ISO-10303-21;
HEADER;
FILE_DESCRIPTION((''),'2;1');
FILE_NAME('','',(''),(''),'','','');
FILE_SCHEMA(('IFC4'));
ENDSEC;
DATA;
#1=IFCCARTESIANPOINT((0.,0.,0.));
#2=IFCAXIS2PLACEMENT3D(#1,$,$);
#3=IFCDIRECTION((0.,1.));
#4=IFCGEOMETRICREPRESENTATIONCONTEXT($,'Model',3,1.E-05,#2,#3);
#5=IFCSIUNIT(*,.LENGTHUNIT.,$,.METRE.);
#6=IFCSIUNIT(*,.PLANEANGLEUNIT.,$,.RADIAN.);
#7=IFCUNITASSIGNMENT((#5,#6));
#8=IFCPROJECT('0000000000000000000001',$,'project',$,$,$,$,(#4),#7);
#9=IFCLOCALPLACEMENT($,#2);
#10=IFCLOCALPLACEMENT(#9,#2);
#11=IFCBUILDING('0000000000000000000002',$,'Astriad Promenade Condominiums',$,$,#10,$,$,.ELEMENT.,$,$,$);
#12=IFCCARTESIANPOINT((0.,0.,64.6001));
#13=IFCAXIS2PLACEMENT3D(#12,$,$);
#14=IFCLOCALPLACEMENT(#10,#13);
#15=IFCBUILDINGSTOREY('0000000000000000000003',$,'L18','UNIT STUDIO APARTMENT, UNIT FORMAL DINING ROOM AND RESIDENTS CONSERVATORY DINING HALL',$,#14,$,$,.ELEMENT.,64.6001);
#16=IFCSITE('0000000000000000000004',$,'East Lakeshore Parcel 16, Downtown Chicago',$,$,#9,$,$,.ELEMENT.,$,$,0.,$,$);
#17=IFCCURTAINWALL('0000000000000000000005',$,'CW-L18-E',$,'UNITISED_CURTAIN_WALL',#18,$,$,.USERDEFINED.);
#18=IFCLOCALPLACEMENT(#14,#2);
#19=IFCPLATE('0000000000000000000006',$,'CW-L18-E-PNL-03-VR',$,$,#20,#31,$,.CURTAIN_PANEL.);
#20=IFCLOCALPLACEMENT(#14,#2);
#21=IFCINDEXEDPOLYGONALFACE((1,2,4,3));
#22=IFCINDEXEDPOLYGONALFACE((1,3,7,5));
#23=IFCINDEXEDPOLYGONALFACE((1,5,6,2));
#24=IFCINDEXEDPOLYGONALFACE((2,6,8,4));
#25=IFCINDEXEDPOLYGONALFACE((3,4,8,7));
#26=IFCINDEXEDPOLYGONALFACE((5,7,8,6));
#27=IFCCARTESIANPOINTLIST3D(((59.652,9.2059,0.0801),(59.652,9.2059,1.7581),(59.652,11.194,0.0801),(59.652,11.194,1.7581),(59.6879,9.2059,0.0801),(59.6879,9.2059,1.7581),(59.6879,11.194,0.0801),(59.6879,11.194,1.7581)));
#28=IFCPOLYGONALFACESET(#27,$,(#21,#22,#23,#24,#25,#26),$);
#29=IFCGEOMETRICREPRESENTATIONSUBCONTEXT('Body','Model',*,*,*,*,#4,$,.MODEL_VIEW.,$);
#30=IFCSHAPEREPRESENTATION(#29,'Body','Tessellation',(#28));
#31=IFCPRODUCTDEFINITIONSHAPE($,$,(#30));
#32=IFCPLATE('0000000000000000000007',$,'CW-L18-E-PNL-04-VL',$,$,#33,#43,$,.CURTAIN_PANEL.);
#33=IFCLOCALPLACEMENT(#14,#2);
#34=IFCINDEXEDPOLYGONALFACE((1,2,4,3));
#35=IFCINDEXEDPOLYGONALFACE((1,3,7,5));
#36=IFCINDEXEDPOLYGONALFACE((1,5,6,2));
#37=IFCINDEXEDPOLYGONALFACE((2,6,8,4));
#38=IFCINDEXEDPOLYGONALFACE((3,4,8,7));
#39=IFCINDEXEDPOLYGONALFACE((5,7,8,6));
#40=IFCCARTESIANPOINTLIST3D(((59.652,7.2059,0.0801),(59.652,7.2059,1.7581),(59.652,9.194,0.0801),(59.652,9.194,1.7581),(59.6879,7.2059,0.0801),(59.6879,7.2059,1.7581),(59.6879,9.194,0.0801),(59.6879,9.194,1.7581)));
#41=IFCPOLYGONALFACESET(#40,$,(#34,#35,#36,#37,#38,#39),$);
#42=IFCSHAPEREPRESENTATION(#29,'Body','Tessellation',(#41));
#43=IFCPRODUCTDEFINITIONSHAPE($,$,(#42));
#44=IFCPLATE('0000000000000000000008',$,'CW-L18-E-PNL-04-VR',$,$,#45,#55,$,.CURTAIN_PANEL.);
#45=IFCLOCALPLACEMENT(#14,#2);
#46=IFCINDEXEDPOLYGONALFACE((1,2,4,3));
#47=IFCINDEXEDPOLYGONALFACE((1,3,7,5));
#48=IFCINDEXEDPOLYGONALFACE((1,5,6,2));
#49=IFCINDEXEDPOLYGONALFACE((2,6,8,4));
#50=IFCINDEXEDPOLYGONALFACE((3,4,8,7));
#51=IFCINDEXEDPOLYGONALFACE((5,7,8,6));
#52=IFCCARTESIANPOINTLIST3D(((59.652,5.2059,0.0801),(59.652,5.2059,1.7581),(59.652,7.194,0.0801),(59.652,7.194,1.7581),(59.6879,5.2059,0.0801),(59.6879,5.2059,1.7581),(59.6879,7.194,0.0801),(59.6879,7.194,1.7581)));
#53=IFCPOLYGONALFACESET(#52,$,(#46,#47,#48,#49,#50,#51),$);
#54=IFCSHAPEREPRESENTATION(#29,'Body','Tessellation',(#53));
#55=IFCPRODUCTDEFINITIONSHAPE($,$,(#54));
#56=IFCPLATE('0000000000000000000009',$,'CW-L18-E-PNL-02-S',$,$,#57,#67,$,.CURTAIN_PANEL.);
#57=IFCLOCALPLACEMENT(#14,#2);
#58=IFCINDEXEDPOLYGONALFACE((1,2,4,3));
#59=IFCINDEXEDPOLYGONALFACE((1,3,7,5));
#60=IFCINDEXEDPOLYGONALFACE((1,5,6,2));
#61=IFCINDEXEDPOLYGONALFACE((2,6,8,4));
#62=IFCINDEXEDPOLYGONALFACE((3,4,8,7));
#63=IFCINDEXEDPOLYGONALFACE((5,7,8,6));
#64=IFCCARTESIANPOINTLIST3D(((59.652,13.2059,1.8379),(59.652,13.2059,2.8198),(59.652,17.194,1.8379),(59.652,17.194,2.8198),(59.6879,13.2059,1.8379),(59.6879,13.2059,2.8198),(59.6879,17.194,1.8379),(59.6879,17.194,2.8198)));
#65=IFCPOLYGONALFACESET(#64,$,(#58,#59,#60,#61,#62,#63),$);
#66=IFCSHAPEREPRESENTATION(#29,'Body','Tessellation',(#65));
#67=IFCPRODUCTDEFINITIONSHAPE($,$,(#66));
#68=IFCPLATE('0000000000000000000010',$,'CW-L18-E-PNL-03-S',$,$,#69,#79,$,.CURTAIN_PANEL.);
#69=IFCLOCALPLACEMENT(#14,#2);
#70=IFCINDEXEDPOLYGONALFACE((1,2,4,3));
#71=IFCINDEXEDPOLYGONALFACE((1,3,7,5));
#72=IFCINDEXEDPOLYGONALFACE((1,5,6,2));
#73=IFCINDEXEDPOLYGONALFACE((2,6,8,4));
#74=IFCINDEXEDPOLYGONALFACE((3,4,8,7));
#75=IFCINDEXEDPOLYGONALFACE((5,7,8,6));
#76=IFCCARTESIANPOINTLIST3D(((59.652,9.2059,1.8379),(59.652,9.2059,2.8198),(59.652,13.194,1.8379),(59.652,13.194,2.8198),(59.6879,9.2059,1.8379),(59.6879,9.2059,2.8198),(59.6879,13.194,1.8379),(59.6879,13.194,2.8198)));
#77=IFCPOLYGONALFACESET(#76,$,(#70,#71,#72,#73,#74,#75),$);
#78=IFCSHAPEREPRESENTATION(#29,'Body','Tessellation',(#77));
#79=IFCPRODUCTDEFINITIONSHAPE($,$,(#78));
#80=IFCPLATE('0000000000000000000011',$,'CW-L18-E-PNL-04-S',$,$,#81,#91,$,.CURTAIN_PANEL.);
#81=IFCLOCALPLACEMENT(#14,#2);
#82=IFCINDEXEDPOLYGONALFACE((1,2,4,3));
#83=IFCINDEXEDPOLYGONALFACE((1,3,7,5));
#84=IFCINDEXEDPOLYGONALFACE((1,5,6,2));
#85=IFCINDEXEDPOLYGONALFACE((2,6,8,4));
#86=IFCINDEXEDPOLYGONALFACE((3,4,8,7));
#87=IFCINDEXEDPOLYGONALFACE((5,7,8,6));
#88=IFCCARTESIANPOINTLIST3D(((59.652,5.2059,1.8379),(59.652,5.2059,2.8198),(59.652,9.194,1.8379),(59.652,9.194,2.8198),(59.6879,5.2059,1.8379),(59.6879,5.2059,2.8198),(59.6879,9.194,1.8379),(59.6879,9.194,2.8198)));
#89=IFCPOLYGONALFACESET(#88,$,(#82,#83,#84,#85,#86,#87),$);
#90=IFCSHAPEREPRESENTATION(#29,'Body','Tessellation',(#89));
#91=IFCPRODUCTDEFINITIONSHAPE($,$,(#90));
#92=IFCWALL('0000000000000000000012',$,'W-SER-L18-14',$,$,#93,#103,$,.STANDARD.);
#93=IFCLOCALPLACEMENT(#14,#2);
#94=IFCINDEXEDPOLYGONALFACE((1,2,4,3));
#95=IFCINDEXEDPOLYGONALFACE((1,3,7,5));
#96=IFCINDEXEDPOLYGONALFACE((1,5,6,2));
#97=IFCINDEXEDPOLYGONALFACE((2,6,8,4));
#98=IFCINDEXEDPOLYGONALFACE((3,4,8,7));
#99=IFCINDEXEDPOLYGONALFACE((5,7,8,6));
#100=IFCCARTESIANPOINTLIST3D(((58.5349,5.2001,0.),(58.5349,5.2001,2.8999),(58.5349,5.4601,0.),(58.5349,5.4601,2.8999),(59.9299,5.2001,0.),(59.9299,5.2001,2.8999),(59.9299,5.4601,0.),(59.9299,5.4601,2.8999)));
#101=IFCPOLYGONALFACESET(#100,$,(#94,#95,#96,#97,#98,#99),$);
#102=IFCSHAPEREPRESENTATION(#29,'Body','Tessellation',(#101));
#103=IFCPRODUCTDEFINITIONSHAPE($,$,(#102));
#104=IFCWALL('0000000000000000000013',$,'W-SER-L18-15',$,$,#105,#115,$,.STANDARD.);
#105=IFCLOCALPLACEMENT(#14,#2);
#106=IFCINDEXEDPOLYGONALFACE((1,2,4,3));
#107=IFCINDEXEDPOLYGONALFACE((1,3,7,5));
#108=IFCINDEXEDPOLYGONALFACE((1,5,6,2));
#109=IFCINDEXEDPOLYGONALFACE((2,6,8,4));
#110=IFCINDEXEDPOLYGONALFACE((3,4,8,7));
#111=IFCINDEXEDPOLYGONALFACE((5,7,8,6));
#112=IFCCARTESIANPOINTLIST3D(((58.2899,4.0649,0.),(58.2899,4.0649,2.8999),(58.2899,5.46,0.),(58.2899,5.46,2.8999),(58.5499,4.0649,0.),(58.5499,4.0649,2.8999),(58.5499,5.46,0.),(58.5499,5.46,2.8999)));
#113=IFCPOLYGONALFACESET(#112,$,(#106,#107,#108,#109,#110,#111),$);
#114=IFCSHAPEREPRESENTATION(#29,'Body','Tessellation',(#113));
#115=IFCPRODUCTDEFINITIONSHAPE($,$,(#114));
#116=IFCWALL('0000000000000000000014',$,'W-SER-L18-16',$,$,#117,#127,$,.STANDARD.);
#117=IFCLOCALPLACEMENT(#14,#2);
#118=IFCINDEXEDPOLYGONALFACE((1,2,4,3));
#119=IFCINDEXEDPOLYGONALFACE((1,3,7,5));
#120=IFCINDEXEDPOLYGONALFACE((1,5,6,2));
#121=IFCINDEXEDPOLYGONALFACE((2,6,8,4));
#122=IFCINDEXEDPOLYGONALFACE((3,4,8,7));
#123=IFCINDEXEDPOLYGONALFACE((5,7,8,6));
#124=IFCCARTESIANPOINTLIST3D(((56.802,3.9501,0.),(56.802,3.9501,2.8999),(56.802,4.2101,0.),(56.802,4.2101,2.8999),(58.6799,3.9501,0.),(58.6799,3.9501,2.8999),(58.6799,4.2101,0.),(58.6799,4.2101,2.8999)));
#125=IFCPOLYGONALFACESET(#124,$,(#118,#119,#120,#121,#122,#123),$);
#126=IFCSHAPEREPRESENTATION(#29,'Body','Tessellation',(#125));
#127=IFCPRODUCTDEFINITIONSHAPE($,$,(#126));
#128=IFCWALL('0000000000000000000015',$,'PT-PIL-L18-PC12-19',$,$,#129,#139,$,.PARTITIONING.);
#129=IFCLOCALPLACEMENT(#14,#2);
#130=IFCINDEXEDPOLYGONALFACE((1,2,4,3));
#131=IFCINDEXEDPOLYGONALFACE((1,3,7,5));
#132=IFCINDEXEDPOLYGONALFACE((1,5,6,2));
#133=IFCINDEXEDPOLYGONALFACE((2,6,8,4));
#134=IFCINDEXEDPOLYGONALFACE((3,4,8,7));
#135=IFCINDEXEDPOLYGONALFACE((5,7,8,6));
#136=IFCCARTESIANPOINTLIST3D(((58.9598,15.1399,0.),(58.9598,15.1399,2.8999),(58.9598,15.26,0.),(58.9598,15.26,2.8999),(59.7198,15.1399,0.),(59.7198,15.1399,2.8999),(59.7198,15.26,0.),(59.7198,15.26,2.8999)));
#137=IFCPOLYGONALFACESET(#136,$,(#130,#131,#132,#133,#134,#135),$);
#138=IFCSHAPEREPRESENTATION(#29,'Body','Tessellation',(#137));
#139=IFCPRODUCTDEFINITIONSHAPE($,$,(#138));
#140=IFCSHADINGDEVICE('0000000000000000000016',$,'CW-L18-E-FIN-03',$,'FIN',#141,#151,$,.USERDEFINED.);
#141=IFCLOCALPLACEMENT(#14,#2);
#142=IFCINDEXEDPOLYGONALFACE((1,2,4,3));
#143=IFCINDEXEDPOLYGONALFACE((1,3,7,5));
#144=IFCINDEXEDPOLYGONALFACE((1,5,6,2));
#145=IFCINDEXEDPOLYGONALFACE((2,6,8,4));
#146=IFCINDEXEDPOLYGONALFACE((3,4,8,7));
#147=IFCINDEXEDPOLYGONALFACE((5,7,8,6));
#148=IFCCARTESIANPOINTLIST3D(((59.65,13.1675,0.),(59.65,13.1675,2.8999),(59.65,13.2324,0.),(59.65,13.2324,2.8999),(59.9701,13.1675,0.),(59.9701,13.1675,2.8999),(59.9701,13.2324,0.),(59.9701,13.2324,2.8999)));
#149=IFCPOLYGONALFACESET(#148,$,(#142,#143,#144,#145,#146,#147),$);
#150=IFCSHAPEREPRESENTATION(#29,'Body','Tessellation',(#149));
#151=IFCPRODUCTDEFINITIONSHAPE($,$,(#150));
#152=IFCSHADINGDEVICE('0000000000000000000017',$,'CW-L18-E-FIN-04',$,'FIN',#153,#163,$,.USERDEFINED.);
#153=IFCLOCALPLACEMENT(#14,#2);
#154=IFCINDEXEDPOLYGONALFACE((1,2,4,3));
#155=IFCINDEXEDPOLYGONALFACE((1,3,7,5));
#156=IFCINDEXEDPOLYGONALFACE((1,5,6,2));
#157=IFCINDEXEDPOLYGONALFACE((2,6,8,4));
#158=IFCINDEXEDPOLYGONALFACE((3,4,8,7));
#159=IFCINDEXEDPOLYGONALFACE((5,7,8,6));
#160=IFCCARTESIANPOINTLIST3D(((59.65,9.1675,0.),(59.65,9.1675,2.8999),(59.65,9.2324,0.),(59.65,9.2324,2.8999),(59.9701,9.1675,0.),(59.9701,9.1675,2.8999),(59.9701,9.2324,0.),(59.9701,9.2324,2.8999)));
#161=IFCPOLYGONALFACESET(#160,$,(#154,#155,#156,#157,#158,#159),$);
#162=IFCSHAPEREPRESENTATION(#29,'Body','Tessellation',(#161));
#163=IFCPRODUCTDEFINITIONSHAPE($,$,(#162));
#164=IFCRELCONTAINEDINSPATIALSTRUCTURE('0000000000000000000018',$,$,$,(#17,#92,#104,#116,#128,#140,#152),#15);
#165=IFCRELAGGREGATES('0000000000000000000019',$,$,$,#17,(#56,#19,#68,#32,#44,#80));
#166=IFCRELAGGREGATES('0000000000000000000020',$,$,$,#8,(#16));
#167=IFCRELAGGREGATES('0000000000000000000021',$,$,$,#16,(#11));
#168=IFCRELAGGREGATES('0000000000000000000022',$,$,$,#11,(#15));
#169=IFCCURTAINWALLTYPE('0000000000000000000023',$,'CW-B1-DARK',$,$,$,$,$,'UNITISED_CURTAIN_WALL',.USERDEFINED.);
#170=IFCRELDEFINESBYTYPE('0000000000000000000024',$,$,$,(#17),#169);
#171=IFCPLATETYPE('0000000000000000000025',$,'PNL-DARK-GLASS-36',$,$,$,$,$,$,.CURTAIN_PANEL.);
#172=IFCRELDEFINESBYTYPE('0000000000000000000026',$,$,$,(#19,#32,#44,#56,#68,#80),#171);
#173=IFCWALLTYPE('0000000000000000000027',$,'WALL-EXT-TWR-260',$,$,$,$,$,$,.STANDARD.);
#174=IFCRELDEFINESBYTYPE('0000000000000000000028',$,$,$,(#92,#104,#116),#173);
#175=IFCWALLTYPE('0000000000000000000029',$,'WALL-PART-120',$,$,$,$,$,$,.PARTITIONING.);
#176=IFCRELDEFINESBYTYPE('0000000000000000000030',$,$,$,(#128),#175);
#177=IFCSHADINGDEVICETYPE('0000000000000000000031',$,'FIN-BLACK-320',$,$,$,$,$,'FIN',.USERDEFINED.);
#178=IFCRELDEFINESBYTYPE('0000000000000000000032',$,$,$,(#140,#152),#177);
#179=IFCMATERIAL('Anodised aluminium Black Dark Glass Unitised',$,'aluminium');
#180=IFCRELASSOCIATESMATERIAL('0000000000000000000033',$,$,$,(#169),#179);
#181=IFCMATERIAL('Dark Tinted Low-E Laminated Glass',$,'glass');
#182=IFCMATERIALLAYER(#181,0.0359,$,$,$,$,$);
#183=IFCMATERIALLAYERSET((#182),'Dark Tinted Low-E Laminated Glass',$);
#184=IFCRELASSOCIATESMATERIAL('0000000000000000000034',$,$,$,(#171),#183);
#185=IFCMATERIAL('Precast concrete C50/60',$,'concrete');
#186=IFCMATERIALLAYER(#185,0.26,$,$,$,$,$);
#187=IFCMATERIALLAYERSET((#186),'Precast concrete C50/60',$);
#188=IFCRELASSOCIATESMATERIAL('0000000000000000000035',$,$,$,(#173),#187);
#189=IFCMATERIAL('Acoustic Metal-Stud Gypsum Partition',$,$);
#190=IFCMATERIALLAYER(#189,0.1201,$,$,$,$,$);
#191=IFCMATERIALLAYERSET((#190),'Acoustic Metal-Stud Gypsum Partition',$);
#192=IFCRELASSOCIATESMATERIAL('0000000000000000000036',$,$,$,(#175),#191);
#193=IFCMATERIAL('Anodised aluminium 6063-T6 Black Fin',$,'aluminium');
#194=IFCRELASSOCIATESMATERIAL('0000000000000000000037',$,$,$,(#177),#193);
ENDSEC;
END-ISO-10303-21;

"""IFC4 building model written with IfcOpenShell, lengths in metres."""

from ifc_helpers import new_model, si_unit, direction, frame, frame_2d, origin, origin_2d, place, context, subcontext, project, spatial, rectangle, extrude, source, transform, mapped, material, layer, layer_set, type_object, type_shapes, element, aggregate, save


model = new_model("IFC4")

# Units and contexts
model_context = context("Model", 3, precision=1e-05, world=origin(), true_north=direction((0.0, 1.0)))
body_context = subcontext(model_context, "Body", "Model", "MODEL_VIEW")
ifc_project = project(units=[si_unit("LENGTHUNIT", "METRE"), si_unit("PLANEANGLEUNIT", "RADIAN")], contexts=[model_context])

# Site, building, storey
site_placement = place(None, origin())
site = spatial("IfcSite", under=ifc_project, at=site_placement, Name="East Lakeshore Parcel 16, Downtown Chicago", CompositionType="ELEMENT", RefElevation=0.0)
building_placement = place(site_placement, origin())
building = spatial("IfcBuilding", under=site, at=building_placement, Name="Astriad Promenade Condominiums", CompositionType="ELEMENT")
storey_placement = place(building_placement, frame((0.0, 0.0, 64.6001)))
storey = spatial("IfcBuildingStorey", under=building, at=storey_placement, Name="L18", Description="UNIT STUDIO APARTMENT, UNIT FORMAL DINING ROOM AND RESIDENTS CONSERVATORY DINING HALL", CompositionType="ELEMENT", Elevation=64.6001)

# Curtain wall, plates
ifc_material_1 = material(Name="Anodised aluminium Black Dark Glass Unitised", Category="aluminium")
curtain_wall_type = type_object("IfcCurtainWallType", Name="CW-B1-DARK", ElementType="UNITISED_CURTAIN_WALL", PredefinedType="USERDEFINED", material=ifc_material_1)
curtain_wall_placement = place(storey_placement, origin())
curtain_wall = element("IfcCurtainWall", 1, at=curtain_wall_placement, inside=storey, type_object=curtain_wall_type, Name="CW-L18-E", ObjectType="UNITISED_CURTAIN_WALL", PredefinedType="USERDEFINED")
ifc_material_2 = material(Name="Dark Tinted Low-E Laminated Glass", Category="glass")
ifc_layer_1 = layer(ifc_material_2, 0.0359)
ifc_layer_set_1 = layer_set([ifc_layer_1], Name="Dark Tinted Low-E Laminated Glass")
plate_type = type_object("IfcPlateType", Name="PNL-DARK-GLASS-36", PredefinedType="CURTAIN_PANEL", material=ifc_layer_set_1)
shared_shape_1 = source(origin(), body_context, "Body", "SweptSolid", [
    extrude(rectangle(XDim=1.988, YDim=0.0359, at=origin_2d()), origin(), (0.0, 0.0, 1.0), 1.678),
])
plate_1_placement = place(storey_placement, frame((59.6699, 10.2, 0.0801), z_axis=(0.0, 0.0, 1.0), x_axis=(0.0, -1.0, 0.0)))
plate_1 = element("IfcPlate", 2, at=plate_1_placement, type_object=plate_type, Name="CW-L18-E-PNL-03-VR", PredefinedType="CURTAIN_PANEL", context=body_context, shape_type="MappedRepresentation", body=[
    mapped(shared_shape_1, transform((0.0, 0.0, 0.0), scale=1.0)),
])
plate_2_placement = place(storey_placement, frame((59.6699, 8.2, 0.0801), z_axis=(0.0, 0.0, 1.0), x_axis=(0.0, -1.0, 0.0)))
plate_2 = element("IfcPlate", 3, at=plate_2_placement, type_object=plate_type, Name="CW-L18-E-PNL-04-VL", PredefinedType="CURTAIN_PANEL", context=body_context, shape_type="MappedRepresentation", body=[
    mapped(shared_shape_1, transform((0.0, 0.0, 0.0), scale=1.0)),
])
plate_3_placement = place(storey_placement, frame((59.6699, 6.2, 0.0801), z_axis=(0.0, 0.0, 1.0), x_axis=(0.0, -1.0, 0.0)))
plate_3 = element("IfcPlate", 4, at=plate_3_placement, type_object=plate_type, Name="CW-L18-E-PNL-04-VR", PredefinedType="CURTAIN_PANEL", context=body_context, shape_type="MappedRepresentation", body=[
    mapped(shared_shape_1, transform((0.0, 0.0, 0.0), scale=1.0)),
])
shared_shape_2 = source(origin(), body_context, "Body", "SweptSolid", [
    extrude(rectangle(XDim=3.988, YDim=0.0359, at=origin_2d()), origin(), (0.0, 0.0, 1.0), 0.9819),
])
type_shapes(plate_type, [shared_shape_1, shared_shape_2])
plate_4_placement = place(storey_placement, frame((59.6699, 15.2, 1.8379), z_axis=(0.0, 0.0, 1.0), x_axis=(0.0, -1.0, 0.0)))
plate_4 = element("IfcPlate", 5, at=plate_4_placement, type_object=plate_type, Name="CW-L18-E-PNL-02-S", PredefinedType="CURTAIN_PANEL", context=body_context, shape_type="MappedRepresentation", body=[
    mapped(shared_shape_2, transform((0.0, 0.0, 0.0), scale=1.0)),
])
plate_5_placement = place(storey_placement, frame((59.6699, 11.2, 1.8379), z_axis=(0.0, 0.0, 1.0), x_axis=(0.0, -1.0, 0.0)))
plate_5 = element("IfcPlate", 6, at=plate_5_placement, type_object=plate_type, Name="CW-L18-E-PNL-03-S", PredefinedType="CURTAIN_PANEL", context=body_context, shape_type="MappedRepresentation", body=[
    mapped(shared_shape_2, transform((0.0, 0.0, 0.0), scale=1.0)),
])
plate_6_placement = place(storey_placement, frame((59.6699, 7.2, 1.8379), z_axis=(0.0, 0.0, 1.0), x_axis=(0.0, -1.0, 0.0)))
plate_6 = element("IfcPlate", 7, at=plate_6_placement, type_object=plate_type, Name="CW-L18-E-PNL-04-S", PredefinedType="CURTAIN_PANEL", context=body_context, shape_type="MappedRepresentation", body=[
    mapped(shared_shape_2, transform((0.0, 0.0, 0.0), scale=1.0)),
])
aggregate(curtain_wall, [plate_4, plate_1, plate_5, plate_2, plate_3, plate_6])

# Walls
ifc_material_3 = material(Name="Precast concrete C50/60", Category="concrete")
ifc_layer_2 = layer(ifc_material_3, 0.26)
ifc_layer_set_2 = layer_set([ifc_layer_2], Name="Precast concrete C50/60")
wall_type_1 = type_object("IfcWallType", Name="WALL-EXT-TWR-260", PredefinedType="STANDARD", material=ifc_layer_set_2)
for number, where, z_axis, x_axis, name in (
    (8, (59.9299, 5.3301, 0.0), (0.0, 0.0, 1.0), (-1.0, 0.0, 0.0), "W-SER-L18-14"),
    (9, (58.4199, 5.46, 0.0), (0.0, 0.0, 1.0), (0.0, -1.0, 0.0), "W-SER-L18-15"),
):
    element("IfcWall", number, at=place(storey_placement, frame(where, z_axis=z_axis, x_axis=x_axis)), inside=storey, type_object=wall_type_1, Name=name, PredefinedType="STANDARD", context=body_context, shape_type="SweptSolid", body=[
        extrude(rectangle(XDim=1.395, YDim=0.26, at=frame_2d((0.6975, 0.0))), origin(), (0.0, 0.0, 1.0), 2.8999),
    ])
wall_1_placement = place(storey_placement, frame((58.6799, 4.0801, 0.0), z_axis=(0.0, 0.0, 1.0), x_axis=(-1.0, 0.0, 0.0)))
element("IfcWall", 10, at=wall_1_placement, inside=storey, type_object=wall_type_1, Name="W-SER-L18-16", PredefinedType="STANDARD", context=body_context, shape_type="SweptSolid", body=[
    extrude(rectangle(XDim=1.8779, YDim=0.26, at=frame_2d((0.939, 0.0))), origin(), (0.0, 0.0, 1.0), 2.8999),
])
ifc_material_4 = material(Name="Acoustic Metal-Stud Gypsum Partition")
ifc_layer_3 = layer(ifc_material_4, 0.1201)
ifc_layer_set_3 = layer_set([ifc_layer_3], Name="Acoustic Metal-Stud Gypsum Partition")
wall_type_2 = type_object("IfcWallType", Name="WALL-PART-120", PredefinedType="PARTITIONING", material=ifc_layer_set_3)
wall_2_placement = place(storey_placement, frame((58.96, 15.2, 0.0), z_axis=(0.0, 0.0, 1.0), x_axis=(1.0, 0.0, 0.0)))
element("IfcWall", 11, at=wall_2_placement, inside=storey, type_object=wall_type_2, Name="PT-PIL-L18-PC12-19", PredefinedType="PARTITIONING", context=body_context, shape_type="SweptSolid", body=[
    extrude(rectangle(XDim=0.76, YDim=0.1201, at=frame_2d((0.3799, 0.0))), origin(), (0.0, 0.0, 1.0), 2.8999),
])

# Shading devices
ifc_material_5 = material(Name="Anodised aluminium 6063-T6 Black Fin", Category="aluminium")
shading_device_type = type_object("IfcShadingDeviceType", Name="FIN-BLACK-320", ElementType="FIN", PredefinedType="USERDEFINED", material=ifc_material_5)
shared_shape_3 = source(origin(), body_context, "Body", "SweptSolid", [
    extrude(rectangle(XDim=0.0649, YDim=0.3201, at=origin_2d()), origin(), (0.0, 0.0, 1.0), 2.8999),
])
type_shapes(shading_device_type, [shared_shape_3])
for number, where, z_axis, x_axis, name in (
    (12, (59.8101, 13.2, 0.0), (0.0, 0.0, 1.0), (0.0, -1.0, 0.0), "CW-L18-E-FIN-03"),
    (13, (59.8101, 9.2, 0.0), (0.0, 0.0, 1.0), (0.0, -1.0, 0.0), "CW-L18-E-FIN-04"),
):
    element("IfcShadingDevice", number, at=place(storey_placement, frame(where, z_axis=z_axis, x_axis=x_axis)), inside=storey, type_object=shading_device_type, Name=name, ObjectType="FIN", PredefinedType="USERDEFINED", context=body_context, shape_type="MappedRepresentation", body=[
        mapped(shared_shape_3, transform((0.0, 0.0, 0.0), scale=1.0)),
    ])

save(model, "model.ifc")
